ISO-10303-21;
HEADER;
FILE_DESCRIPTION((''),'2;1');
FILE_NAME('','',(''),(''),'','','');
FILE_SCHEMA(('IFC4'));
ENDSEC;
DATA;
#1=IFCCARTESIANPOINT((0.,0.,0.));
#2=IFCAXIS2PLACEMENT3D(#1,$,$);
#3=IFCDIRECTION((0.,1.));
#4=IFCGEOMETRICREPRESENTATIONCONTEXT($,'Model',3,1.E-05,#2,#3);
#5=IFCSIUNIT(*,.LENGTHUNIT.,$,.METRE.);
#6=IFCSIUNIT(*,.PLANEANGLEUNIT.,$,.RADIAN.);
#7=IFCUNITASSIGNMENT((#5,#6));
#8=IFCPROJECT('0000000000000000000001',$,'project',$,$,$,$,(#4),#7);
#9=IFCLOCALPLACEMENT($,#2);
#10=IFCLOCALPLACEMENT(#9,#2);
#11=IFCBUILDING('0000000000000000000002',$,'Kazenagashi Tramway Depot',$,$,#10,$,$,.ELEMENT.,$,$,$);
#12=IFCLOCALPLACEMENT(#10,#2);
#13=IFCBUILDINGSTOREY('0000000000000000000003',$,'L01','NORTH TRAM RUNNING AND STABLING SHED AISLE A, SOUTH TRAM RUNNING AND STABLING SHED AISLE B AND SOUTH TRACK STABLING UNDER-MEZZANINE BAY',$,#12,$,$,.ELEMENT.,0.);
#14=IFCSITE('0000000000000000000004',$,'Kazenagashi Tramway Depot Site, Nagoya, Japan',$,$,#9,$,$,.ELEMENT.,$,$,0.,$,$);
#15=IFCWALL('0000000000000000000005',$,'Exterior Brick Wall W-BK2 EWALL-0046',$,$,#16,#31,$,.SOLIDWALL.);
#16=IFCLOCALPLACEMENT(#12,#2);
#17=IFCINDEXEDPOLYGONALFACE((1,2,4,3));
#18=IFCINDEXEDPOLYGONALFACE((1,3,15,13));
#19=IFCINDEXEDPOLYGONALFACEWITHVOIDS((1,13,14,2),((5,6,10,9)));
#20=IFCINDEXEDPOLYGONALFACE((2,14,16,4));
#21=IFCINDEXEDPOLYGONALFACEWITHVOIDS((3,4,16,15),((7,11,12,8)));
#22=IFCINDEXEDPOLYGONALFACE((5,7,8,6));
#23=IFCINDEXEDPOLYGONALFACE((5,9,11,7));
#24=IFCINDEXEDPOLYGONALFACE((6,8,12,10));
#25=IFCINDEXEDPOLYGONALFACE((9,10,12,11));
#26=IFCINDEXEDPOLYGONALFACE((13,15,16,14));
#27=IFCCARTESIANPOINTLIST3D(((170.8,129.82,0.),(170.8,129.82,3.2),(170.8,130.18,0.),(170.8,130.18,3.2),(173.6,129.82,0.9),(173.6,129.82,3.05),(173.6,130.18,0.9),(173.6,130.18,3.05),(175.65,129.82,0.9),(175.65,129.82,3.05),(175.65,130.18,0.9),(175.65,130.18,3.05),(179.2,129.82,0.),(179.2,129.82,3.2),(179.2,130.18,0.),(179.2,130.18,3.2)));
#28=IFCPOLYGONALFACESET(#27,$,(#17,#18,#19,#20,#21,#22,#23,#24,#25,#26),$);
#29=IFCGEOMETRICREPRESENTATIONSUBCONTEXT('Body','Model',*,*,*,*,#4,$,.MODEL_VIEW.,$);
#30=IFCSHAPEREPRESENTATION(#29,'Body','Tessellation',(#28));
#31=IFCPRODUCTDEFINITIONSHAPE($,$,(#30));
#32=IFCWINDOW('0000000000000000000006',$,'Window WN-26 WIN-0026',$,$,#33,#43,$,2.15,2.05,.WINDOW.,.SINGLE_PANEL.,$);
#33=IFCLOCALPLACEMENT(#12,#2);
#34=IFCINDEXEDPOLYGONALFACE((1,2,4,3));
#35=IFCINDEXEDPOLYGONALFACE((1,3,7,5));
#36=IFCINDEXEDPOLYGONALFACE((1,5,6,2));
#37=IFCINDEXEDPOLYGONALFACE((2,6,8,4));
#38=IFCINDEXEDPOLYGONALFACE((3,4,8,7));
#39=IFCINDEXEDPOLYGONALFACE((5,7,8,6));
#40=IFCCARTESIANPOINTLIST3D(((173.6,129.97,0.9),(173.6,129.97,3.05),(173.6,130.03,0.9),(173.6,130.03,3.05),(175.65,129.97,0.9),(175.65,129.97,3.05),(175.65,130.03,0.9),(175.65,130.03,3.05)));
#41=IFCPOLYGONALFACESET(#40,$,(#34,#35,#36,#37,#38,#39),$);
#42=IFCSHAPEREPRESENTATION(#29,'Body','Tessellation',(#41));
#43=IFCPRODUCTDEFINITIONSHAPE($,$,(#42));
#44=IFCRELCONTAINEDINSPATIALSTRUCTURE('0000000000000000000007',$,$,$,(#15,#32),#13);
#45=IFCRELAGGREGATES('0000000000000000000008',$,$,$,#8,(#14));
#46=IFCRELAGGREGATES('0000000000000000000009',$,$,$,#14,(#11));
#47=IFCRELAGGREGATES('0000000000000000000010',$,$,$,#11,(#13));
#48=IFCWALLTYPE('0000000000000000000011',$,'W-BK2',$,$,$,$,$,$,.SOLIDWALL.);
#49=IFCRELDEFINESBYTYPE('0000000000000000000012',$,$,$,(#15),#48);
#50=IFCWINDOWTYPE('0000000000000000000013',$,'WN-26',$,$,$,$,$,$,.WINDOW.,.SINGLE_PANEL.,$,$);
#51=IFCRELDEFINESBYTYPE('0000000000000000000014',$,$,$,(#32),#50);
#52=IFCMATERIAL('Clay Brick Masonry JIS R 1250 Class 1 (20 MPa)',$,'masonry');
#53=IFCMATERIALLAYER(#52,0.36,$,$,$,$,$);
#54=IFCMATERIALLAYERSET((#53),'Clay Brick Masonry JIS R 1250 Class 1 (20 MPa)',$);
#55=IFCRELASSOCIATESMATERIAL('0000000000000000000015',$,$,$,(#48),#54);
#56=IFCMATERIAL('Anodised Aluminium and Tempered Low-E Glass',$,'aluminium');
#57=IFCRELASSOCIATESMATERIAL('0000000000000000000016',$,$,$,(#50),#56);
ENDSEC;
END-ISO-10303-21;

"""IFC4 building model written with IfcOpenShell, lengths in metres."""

from ifc_helpers import new_model, si_unit, direction, frame, frame_2d, origin, place, context, subcontext, project, spatial, rectangle, extrude, material, layer, layer_set, type_object, element, fill, save


model = new_model("IFC4")

# Units and contexts
model_context = context("Model", 3, precision=1e-05, world=origin(), true_north=direction((0.0, 1.0)))
body_context = subcontext(model_context, "Body", "Model", "MODEL_VIEW")
ifc_project = project(units=[si_unit("LENGTHUNIT", "METRE"), si_unit("PLANEANGLEUNIT", "RADIAN")], contexts=[model_context])

# Site, building, storey
site_placement = place(None, origin())
site = spatial("IfcSite", under=ifc_project, at=site_placement, Name="Kazenagashi Tramway Depot Site, Nagoya, Japan", CompositionType="ELEMENT", RefElevation=0.0)
building_placement = place(site_placement, origin())
building = spatial("IfcBuilding", under=site, at=building_placement, Name="Kazenagashi Tramway Depot", CompositionType="ELEMENT")
storey_placement = place(building_placement, origin())
storey = spatial("IfcBuildingStorey", under=building, at=storey_placement, Name="L01", Description="NORTH TRAM RUNNING AND STABLING SHED AISLE A, SOUTH TRAM RUNNING AND STABLING SHED AISLE B AND SOUTH TRACK STABLING UNDER-MEZZANINE BAY", CompositionType="ELEMENT", Elevation=0.0)

# Wall, opening, window
ifc_material_1 = material(Name="Clay Brick Masonry JIS R 1250 Class 1 (20 MPa)", Category="masonry")
ifc_layer_1 = layer(ifc_material_1, 0.36)
ifc_layer_set_1 = layer_set([ifc_layer_1], Name="Clay Brick Masonry JIS R 1250 Class 1 (20 MPa)")
wall_type = type_object("IfcWallType", Name="W-BK2", PredefinedType="SOLIDWALL", material=ifc_layer_set_1)
wall_placement = place(storey_placement, frame((170.8, 130.0, 0.0), z_axis=(0.0, 0.0, 1.0), x_axis=(1.0, 0.0, 0.0)))
wall = element("IfcWall", 1, at=wall_placement, inside=storey, type_object=wall_type, Name="Exterior Brick Wall W-BK2 EWALL-0046", PredefinedType="SOLIDWALL", context=body_context, shape_type="SweptSolid", body=[
    extrude(rectangle(XDim=8.4, YDim=0.36, at=frame_2d((4.2, 0.0))), origin(), (0.0, 0.0, 1.0), 3.2),
])
opening_placement = place(wall_placement, frame((2.8, 0.0, 0.9)))
opening = element("IfcOpeningElement", 2, at=opening_placement, cuts=wall, PredefinedType="OPENING", context=body_context, shape_type="SweptSolid", body=[
    extrude(rectangle(XDim=2.05, YDim=2.15, at=frame_2d((1.025, 1.075))), frame((0.0, 0.19, 0.0), z_axis=(0.0, -1.0, 0.0), x_axis=(1.0, 0.0, 0.0)), (0.0, 0.0, 1.0), 0.38),
])
ifc_material_2 = material(Name="Anodised Aluminium and Tempered Low-E Glass", Category="aluminium")
window_type = type_object("IfcWindowType", Name="WN-26", PartitioningType="SINGLE_PANEL", PredefinedType="WINDOW", material=ifc_material_2)
window_placement = place(opening_placement, origin())
window = element("IfcWindow", 3, at=window_placement, inside=storey, type_object=window_type, Name="Window WN-26 WIN-0026", OverallHeight=2.15, OverallWidth=2.05, PartitioningType="SINGLE_PANEL", PredefinedType="WINDOW", context=body_context, shape_type="SweptSolid", body=[
    extrude(rectangle(XDim=2.05, YDim=2.15, at=frame_2d((1.025, 1.075))), frame((0.0, 0.03, 0.0), z_axis=(0.0, -1.0, 0.0), x_axis=(1.0, 0.0, 0.0)), (0.0, 0.0, 1.0), 0.06),
])
fill(opening, window)

save(model, "model.ifc")
